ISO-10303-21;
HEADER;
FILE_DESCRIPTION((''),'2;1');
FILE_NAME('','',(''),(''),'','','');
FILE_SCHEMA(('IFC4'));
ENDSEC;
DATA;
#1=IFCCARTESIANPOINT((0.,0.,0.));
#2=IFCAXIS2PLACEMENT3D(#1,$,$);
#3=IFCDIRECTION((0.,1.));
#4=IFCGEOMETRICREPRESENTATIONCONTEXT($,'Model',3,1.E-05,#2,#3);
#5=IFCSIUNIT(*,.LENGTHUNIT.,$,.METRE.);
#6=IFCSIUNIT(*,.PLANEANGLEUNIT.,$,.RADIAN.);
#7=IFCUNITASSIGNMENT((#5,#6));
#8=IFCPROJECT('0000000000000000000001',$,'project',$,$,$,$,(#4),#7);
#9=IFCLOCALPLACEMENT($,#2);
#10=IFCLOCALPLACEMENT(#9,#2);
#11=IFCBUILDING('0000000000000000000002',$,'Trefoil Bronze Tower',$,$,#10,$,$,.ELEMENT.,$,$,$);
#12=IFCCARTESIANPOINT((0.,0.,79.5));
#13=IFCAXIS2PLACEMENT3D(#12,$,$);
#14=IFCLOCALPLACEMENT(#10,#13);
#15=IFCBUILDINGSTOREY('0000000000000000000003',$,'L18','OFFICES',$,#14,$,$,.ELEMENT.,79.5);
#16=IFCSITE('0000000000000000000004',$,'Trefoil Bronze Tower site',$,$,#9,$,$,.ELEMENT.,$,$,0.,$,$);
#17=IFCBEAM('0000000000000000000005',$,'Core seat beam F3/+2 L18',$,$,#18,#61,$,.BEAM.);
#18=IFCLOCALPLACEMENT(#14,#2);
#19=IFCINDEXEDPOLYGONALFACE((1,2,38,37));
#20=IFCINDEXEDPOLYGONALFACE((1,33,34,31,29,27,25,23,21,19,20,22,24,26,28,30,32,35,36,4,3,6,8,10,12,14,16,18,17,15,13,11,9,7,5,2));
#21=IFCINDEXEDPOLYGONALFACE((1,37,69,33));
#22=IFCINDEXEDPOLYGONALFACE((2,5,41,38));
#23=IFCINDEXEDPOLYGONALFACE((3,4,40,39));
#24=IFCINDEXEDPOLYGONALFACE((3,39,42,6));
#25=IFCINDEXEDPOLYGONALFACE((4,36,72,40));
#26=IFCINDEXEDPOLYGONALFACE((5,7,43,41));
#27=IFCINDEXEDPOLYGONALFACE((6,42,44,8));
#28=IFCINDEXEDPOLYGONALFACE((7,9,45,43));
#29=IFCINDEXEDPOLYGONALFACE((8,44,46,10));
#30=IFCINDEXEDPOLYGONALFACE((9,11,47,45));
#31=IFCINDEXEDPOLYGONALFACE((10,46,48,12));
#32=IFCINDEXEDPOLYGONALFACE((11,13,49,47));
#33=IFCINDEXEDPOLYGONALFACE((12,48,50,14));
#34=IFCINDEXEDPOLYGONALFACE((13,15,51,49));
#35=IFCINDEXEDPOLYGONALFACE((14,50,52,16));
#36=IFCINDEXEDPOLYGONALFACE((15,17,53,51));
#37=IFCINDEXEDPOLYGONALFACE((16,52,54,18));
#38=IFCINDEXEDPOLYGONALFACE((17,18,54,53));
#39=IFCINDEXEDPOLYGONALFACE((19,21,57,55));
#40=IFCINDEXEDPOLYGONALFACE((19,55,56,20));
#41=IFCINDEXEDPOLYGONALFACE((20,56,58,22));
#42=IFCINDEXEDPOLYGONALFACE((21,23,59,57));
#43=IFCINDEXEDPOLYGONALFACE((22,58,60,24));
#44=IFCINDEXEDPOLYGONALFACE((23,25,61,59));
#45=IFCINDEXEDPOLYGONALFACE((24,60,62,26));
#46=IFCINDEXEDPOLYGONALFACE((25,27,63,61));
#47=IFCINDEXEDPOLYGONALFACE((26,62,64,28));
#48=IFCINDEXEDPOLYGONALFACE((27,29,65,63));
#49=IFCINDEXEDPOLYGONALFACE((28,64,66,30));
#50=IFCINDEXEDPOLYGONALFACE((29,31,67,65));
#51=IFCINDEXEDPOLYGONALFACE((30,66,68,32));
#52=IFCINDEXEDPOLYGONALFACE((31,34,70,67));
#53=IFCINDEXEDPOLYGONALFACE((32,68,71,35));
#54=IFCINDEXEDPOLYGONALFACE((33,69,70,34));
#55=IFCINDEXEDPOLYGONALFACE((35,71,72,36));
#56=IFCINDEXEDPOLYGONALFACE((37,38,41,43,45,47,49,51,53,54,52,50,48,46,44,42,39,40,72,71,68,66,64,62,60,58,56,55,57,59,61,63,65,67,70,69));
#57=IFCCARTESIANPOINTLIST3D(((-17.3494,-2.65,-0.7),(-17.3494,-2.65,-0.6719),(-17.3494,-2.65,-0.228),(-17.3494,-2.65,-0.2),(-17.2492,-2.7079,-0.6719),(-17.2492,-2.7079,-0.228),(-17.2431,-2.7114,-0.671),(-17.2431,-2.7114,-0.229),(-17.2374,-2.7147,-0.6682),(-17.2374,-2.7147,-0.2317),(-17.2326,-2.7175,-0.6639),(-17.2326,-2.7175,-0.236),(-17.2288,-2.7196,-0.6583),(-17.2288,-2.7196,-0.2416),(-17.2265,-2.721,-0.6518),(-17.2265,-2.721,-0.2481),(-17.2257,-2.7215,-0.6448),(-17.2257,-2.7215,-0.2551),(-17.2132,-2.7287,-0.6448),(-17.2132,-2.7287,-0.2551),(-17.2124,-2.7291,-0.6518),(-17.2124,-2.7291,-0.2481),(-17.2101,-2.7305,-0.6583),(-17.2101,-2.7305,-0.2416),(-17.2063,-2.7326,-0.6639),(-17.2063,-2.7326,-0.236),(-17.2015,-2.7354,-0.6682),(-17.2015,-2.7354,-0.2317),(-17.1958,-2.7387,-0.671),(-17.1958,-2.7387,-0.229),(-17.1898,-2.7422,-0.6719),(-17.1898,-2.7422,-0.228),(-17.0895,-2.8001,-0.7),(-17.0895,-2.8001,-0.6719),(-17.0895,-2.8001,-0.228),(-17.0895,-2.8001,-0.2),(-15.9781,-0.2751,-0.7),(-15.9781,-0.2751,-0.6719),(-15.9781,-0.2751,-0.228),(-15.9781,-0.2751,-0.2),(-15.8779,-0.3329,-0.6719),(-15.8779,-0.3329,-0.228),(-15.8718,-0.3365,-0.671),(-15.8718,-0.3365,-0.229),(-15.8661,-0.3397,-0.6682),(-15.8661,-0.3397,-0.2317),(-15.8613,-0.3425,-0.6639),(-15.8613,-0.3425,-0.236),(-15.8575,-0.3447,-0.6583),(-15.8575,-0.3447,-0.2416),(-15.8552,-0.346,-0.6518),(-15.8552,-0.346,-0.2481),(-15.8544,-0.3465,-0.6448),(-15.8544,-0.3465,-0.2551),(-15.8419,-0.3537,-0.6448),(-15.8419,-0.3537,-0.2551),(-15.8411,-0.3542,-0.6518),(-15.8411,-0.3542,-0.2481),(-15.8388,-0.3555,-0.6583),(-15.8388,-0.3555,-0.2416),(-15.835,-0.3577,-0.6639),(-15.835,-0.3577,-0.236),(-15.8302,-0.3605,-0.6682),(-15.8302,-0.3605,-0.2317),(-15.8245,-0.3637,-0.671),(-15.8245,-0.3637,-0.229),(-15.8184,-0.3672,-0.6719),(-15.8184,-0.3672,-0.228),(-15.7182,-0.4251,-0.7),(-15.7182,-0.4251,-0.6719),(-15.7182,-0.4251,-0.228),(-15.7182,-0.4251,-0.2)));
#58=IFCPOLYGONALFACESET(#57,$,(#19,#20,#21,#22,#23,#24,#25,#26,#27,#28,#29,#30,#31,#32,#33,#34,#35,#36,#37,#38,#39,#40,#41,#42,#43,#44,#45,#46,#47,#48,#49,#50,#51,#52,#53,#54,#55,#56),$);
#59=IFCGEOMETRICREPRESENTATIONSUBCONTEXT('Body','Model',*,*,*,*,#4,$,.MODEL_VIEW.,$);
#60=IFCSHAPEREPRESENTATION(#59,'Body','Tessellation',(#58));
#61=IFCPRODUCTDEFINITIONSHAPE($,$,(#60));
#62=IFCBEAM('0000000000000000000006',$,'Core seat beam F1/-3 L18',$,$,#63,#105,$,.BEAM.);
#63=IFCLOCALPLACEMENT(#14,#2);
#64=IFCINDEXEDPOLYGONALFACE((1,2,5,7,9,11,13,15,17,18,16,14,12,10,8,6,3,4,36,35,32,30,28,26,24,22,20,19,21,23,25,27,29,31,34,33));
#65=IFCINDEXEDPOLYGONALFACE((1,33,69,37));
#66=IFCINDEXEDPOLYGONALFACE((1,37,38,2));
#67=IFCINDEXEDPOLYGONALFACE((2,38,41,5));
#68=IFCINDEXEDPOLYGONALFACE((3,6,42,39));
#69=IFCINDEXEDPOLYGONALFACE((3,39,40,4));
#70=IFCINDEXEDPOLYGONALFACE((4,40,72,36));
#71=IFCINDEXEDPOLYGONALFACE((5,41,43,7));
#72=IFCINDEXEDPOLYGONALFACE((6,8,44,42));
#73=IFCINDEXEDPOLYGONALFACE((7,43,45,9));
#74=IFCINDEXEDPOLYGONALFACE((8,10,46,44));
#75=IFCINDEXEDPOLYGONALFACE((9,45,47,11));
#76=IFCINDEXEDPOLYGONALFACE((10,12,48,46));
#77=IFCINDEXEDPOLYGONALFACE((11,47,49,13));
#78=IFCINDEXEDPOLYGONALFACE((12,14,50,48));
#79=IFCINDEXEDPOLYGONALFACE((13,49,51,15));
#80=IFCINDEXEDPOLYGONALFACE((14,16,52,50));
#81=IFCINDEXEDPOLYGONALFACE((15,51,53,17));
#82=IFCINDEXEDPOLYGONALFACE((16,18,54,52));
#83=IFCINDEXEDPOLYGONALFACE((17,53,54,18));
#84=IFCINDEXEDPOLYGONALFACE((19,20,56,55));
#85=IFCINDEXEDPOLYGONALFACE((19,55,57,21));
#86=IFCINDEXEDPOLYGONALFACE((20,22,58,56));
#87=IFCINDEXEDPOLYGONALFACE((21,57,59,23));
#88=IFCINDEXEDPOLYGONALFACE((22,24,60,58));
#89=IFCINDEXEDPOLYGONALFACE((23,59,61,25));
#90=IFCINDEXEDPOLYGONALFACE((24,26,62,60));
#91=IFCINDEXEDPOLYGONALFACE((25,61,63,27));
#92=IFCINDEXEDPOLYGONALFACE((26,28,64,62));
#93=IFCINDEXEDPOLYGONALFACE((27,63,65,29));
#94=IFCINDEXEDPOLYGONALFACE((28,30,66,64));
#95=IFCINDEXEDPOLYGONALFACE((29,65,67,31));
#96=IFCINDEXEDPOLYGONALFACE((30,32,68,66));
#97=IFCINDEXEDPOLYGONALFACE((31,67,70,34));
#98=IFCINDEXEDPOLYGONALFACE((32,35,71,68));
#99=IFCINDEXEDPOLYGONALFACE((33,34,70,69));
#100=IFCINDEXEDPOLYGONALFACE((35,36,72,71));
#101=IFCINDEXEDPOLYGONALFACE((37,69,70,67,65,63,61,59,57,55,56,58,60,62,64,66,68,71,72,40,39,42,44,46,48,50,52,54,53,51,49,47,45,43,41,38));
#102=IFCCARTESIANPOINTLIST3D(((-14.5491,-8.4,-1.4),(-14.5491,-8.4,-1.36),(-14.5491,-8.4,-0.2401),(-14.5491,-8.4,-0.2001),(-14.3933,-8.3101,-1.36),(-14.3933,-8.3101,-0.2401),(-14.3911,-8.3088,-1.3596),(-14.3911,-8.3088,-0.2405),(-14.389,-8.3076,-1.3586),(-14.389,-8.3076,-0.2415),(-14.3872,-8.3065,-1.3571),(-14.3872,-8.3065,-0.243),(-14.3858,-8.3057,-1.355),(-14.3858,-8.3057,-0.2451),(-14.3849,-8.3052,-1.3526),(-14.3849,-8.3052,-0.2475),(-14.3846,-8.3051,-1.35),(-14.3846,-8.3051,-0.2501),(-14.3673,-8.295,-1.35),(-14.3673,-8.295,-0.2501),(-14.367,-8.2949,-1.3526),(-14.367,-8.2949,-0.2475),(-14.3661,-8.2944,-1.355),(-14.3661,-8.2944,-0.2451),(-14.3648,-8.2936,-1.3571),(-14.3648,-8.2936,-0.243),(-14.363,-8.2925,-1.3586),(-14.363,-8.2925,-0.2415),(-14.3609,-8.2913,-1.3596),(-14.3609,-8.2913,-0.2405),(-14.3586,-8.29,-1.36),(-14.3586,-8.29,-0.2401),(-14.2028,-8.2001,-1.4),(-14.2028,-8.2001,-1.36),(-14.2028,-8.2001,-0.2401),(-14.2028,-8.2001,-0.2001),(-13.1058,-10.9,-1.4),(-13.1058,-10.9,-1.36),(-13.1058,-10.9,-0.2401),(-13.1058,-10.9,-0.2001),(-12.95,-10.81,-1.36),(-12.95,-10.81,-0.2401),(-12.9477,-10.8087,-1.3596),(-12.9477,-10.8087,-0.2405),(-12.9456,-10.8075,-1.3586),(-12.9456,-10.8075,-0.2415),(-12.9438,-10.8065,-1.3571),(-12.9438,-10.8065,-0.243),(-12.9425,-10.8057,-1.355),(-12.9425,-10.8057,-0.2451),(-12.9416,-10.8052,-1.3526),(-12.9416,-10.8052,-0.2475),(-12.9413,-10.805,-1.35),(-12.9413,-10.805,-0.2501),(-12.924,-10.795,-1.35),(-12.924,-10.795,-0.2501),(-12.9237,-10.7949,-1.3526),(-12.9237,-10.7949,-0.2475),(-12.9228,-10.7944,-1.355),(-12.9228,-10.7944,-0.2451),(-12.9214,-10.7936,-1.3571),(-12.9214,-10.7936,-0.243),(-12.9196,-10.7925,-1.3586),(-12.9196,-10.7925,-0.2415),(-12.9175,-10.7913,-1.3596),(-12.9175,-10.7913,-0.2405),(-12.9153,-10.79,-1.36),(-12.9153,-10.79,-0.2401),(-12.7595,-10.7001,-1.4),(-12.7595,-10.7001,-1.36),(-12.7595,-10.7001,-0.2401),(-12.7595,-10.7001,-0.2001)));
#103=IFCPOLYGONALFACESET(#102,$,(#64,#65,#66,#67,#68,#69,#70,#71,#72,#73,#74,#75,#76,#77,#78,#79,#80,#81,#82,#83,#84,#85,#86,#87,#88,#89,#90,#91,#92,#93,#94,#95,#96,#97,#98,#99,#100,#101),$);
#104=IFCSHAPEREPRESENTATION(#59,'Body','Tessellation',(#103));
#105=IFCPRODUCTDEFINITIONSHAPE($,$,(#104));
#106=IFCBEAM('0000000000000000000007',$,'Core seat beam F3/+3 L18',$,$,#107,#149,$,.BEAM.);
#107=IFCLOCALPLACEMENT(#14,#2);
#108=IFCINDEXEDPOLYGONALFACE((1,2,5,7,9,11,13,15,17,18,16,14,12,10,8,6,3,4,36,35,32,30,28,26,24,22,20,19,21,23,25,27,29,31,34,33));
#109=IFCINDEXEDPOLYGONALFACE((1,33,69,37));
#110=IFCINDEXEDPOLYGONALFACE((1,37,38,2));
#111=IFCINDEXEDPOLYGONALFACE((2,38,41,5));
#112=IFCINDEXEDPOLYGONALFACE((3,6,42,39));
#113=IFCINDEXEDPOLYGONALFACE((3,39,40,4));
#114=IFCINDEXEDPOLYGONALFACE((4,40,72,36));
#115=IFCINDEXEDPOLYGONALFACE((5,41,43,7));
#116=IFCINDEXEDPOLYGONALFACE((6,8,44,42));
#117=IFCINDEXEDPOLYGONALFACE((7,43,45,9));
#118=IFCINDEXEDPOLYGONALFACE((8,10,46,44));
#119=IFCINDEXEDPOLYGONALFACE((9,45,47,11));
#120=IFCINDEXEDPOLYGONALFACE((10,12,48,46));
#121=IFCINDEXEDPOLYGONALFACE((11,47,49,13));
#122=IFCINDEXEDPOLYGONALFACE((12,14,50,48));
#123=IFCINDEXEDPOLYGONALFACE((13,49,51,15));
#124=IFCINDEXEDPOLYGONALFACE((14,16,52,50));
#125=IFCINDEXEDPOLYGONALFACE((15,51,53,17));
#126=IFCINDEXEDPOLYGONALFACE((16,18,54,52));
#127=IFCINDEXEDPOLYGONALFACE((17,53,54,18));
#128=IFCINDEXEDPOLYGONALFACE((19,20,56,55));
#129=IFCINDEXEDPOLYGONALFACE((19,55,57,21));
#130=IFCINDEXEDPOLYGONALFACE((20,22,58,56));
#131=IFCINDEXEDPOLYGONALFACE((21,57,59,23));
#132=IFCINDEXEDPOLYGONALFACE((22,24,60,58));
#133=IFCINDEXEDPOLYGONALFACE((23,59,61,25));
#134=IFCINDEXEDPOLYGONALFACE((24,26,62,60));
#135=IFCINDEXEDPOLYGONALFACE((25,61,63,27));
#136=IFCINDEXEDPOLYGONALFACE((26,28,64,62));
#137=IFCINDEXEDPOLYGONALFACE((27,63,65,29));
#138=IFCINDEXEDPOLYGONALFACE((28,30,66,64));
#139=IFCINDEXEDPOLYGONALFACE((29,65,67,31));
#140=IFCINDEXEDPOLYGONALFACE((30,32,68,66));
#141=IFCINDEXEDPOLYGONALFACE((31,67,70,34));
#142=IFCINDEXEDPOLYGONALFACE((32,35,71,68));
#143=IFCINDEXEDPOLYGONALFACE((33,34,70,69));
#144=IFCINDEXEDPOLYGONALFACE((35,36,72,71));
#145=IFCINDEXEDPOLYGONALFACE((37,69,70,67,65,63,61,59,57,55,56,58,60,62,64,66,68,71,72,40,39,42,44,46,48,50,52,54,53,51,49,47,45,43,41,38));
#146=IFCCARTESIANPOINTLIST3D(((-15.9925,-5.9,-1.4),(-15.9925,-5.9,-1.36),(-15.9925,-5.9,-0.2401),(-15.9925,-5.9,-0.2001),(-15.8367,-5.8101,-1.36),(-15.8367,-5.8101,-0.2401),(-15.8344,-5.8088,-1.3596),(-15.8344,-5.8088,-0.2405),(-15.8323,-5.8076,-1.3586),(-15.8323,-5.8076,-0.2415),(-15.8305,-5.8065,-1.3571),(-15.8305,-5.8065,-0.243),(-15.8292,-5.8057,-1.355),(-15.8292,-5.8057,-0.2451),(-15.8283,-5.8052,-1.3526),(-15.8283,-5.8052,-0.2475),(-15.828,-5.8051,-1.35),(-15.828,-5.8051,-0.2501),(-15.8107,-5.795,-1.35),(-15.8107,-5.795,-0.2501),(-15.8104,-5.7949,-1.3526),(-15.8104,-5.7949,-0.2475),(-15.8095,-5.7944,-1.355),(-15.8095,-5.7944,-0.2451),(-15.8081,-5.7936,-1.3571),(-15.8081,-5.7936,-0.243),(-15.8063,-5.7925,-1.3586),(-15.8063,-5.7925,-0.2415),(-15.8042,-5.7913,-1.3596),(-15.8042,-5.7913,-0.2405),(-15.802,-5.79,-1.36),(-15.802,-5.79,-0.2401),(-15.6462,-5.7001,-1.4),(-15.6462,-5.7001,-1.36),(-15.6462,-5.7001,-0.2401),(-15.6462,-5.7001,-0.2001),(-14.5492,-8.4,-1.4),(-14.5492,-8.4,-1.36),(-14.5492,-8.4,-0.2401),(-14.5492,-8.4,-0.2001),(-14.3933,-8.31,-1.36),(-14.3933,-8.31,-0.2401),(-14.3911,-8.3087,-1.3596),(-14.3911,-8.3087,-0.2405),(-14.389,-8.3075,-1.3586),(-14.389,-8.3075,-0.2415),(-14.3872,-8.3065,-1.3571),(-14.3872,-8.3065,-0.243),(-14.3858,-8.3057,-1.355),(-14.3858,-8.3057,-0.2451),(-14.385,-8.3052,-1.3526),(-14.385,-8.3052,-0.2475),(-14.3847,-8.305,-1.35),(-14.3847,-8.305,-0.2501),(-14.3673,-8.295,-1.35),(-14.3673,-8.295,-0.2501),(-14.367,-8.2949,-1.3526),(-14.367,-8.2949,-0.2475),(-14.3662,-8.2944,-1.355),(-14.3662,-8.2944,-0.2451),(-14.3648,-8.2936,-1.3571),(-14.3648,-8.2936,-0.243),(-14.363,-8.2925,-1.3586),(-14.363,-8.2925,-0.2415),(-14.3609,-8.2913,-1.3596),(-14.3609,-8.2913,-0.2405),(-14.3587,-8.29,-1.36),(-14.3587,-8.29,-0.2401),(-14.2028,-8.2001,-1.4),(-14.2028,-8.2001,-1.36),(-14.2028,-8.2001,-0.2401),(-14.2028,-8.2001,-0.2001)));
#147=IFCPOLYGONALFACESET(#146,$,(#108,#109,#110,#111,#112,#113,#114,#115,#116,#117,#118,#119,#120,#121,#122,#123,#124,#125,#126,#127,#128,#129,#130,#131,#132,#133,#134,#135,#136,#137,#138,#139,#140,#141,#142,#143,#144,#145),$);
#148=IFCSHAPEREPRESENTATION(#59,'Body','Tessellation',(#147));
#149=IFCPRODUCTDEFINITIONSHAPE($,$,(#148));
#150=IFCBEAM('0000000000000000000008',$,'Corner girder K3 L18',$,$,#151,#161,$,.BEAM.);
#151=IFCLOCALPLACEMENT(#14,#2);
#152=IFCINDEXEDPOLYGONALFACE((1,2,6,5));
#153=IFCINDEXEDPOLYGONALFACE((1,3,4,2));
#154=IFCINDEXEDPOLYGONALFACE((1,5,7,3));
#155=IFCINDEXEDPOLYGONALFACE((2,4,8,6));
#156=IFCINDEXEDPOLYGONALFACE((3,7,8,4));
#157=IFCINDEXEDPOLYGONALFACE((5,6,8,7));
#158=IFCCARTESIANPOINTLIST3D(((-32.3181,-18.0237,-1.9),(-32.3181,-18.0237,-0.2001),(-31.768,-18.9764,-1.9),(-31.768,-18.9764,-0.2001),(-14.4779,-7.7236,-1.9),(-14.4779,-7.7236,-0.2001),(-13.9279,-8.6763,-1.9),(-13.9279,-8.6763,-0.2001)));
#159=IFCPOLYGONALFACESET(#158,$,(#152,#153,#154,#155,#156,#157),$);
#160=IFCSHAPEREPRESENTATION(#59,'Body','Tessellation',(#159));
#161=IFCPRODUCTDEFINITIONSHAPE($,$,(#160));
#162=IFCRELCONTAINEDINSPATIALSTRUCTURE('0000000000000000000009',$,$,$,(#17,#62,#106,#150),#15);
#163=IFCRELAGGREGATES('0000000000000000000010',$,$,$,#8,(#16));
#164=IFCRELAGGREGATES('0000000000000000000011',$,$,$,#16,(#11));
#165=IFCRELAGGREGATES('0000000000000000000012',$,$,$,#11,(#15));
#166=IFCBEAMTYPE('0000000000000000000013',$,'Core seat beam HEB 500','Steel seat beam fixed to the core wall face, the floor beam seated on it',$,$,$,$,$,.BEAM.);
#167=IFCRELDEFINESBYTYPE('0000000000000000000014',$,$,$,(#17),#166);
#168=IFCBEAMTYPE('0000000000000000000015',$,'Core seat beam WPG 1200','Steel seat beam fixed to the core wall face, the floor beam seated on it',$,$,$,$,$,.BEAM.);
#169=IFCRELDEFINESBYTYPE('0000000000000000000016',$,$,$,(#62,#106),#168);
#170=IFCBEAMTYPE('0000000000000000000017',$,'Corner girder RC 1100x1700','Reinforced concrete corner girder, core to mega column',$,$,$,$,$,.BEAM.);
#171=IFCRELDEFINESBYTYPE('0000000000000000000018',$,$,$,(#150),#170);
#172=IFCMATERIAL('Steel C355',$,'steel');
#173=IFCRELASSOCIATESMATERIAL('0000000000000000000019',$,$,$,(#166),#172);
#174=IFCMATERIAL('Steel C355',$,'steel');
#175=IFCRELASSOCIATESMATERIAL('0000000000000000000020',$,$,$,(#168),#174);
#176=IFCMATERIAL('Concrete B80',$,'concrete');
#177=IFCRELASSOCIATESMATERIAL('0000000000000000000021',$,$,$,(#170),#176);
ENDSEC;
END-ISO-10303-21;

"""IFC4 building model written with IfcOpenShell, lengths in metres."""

from ifc_helpers import new_model, si_unit, direction, frame, origin, origin_2d, place, context, subcontext, project, spatial, rectangle, i_section, extrude, material, material_profile, profile_set, type_object, element, save


model = new_model("IFC4")

# Units and contexts
model_context = context("Model", 3, precision=1e-05, world=origin(), true_north=direction((0.0, 1.0)))
body_context = subcontext(model_context, "Body", "Model", "MODEL_VIEW")
ifc_project = project(units=[si_unit("LENGTHUNIT", "METRE"), si_unit("PLANEANGLEUNIT", "RADIAN")], contexts=[model_context])

# Site, building, storey
site_placement = place(None, origin())
site = spatial("IfcSite", under=ifc_project, at=site_placement, Name="Trefoil Bronze Tower site", CompositionType="ELEMENT", RefElevation=0.0)
building_placement = place(site_placement, origin())
building = spatial("IfcBuilding", under=site, at=building_placement, Name="Trefoil Bronze Tower", CompositionType="ELEMENT")
storey_placement = place(building_placement, frame((0.0, 0.0, 79.5)))
storey = spatial("IfcBuildingStorey", under=building, at=storey_placement, Name="L18", Description="OFFICES", CompositionType="ELEMENT", Elevation=79.5)

# Beams
ifc_material_1 = material(Name="Steel C355", Category="steel")
ifc_material_profile_1 = material_profile(ifc_material_1, i_section(OverallWidth=0.3, OverallDepth=0.5, WebThickness=0.0144, FlangeThickness=0.0281, FilletRadius=0.0271, at=origin_2d()), Name="HEB 500")
ifc_profile_set_1 = profile_set([ifc_material_profile_1], Name="Steel C355")
beam_type_1 = type_object("IfcBeamType", Name="Core seat beam HEB 500", Description="Steel seat beam fixed to the core wall face, the floor beam seated on it", PredefinedType="BEAM", material=ifc_profile_set_1)
beam_1_placement = place(storey_placement, frame((-15.8481, -0.3501, -0.45), z_axis=(-0.500036, -0.866005, 0.0), x_axis=(0.866005, -0.500036, 0.0)))
element("IfcBeam", 1, at=beam_1_placement, inside=storey, type_object=beam_type_1, Name="Core seat beam F3/+2 L18", PredefinedType="BEAM", context=body_context, shape_type="SweptSolid", body=[
    extrude(i_section(OverallWidth=0.3, OverallDepth=0.5, WebThickness=0.0144, FlangeThickness=0.0281, FilletRadius=0.0271, at=origin_2d()), origin(), (0.0, 0.0, 1.0), 2.7424),
])
ifc_material_2 = material(Name="Steel C355", Category="steel")
ifc_material_profile_2 = material_profile(ifc_material_2, i_section(OverallWidth=0.3999, OverallDepth=1.2, WebThickness=0.02, FlangeThickness=0.04, FilletRadius=0.01, at=origin_2d()), Name="WPG 1200")
ifc_profile_set_2 = profile_set([ifc_material_profile_2], Name="Steel C355")
beam_type_2 = type_object("IfcBeamType", Name="Core seat beam WPG 1200", Description="Steel seat beam fixed to the core wall face, the floor beam seated on it", PredefinedType="BEAM", material=ifc_profile_set_2)
for number, where, z_axis, x_axis, name in (
    (2, (-14.376, -8.3, -0.8), (0.499996, -0.866028, 0.0), (0.866028, 0.499996, 0.0), "Core seat beam F1/-3 L18"),
    (3, (-15.8193, -5.8, -0.8), (0.499996, -0.866028, 0.0), (0.866028, 0.499996, 0.0), "Core seat beam F3/+3 L18"),
):
    element("IfcBeam", number, at=place(storey_placement, frame(where, z_axis=z_axis, x_axis=x_axis)), inside=storey, type_object=beam_type_2, Name=name, PredefinedType="BEAM", context=body_context, shape_type="SweptSolid", body=[
        extrude(i_section(OverallWidth=0.3999, OverallDepth=1.2, WebThickness=0.02, FlangeThickness=0.04, FilletRadius=0.01, at=origin_2d()), origin(), (0.0, 0.0, 1.0), 2.8867),
    ])
ifc_material_3 = material(Name="Concrete B80", Category="concrete")
ifc_material_profile_3 = material_profile(ifc_material_3, rectangle(XDim=1.1001, YDim=1.7, at=origin_2d()), Name="RC 1100x1700")
ifc_profile_set_3 = profile_set([ifc_material_profile_3], Name="Concrete B80")
beam_type_3 = type_object("IfcBeamType", Name="Corner girder RC 1100x1700", Description="Reinforced concrete corner girder, core to mega column", PredefinedType="BEAM", material=ifc_profile_set_3)
beam_2_placement = place(storey_placement, frame((-14.2029, -8.2, -1.05), z_axis=(-0.866024, -0.500003, 0.0), x_axis=(0.500003, -0.866024, 0.0)))
element("IfcBeam", 4, at=beam_2_placement, inside=storey, type_object=beam_type_3, Name="Corner girder K3 L18", PredefinedType="BEAM", context=body_context, shape_type="SweptSolid", body=[
    extrude(rectangle(XDim=1.1001, YDim=1.7, at=origin_2d()), origin(), (0.0, 0.0, 1.0), 20.6001),
])

save(model, "model.ifc")
